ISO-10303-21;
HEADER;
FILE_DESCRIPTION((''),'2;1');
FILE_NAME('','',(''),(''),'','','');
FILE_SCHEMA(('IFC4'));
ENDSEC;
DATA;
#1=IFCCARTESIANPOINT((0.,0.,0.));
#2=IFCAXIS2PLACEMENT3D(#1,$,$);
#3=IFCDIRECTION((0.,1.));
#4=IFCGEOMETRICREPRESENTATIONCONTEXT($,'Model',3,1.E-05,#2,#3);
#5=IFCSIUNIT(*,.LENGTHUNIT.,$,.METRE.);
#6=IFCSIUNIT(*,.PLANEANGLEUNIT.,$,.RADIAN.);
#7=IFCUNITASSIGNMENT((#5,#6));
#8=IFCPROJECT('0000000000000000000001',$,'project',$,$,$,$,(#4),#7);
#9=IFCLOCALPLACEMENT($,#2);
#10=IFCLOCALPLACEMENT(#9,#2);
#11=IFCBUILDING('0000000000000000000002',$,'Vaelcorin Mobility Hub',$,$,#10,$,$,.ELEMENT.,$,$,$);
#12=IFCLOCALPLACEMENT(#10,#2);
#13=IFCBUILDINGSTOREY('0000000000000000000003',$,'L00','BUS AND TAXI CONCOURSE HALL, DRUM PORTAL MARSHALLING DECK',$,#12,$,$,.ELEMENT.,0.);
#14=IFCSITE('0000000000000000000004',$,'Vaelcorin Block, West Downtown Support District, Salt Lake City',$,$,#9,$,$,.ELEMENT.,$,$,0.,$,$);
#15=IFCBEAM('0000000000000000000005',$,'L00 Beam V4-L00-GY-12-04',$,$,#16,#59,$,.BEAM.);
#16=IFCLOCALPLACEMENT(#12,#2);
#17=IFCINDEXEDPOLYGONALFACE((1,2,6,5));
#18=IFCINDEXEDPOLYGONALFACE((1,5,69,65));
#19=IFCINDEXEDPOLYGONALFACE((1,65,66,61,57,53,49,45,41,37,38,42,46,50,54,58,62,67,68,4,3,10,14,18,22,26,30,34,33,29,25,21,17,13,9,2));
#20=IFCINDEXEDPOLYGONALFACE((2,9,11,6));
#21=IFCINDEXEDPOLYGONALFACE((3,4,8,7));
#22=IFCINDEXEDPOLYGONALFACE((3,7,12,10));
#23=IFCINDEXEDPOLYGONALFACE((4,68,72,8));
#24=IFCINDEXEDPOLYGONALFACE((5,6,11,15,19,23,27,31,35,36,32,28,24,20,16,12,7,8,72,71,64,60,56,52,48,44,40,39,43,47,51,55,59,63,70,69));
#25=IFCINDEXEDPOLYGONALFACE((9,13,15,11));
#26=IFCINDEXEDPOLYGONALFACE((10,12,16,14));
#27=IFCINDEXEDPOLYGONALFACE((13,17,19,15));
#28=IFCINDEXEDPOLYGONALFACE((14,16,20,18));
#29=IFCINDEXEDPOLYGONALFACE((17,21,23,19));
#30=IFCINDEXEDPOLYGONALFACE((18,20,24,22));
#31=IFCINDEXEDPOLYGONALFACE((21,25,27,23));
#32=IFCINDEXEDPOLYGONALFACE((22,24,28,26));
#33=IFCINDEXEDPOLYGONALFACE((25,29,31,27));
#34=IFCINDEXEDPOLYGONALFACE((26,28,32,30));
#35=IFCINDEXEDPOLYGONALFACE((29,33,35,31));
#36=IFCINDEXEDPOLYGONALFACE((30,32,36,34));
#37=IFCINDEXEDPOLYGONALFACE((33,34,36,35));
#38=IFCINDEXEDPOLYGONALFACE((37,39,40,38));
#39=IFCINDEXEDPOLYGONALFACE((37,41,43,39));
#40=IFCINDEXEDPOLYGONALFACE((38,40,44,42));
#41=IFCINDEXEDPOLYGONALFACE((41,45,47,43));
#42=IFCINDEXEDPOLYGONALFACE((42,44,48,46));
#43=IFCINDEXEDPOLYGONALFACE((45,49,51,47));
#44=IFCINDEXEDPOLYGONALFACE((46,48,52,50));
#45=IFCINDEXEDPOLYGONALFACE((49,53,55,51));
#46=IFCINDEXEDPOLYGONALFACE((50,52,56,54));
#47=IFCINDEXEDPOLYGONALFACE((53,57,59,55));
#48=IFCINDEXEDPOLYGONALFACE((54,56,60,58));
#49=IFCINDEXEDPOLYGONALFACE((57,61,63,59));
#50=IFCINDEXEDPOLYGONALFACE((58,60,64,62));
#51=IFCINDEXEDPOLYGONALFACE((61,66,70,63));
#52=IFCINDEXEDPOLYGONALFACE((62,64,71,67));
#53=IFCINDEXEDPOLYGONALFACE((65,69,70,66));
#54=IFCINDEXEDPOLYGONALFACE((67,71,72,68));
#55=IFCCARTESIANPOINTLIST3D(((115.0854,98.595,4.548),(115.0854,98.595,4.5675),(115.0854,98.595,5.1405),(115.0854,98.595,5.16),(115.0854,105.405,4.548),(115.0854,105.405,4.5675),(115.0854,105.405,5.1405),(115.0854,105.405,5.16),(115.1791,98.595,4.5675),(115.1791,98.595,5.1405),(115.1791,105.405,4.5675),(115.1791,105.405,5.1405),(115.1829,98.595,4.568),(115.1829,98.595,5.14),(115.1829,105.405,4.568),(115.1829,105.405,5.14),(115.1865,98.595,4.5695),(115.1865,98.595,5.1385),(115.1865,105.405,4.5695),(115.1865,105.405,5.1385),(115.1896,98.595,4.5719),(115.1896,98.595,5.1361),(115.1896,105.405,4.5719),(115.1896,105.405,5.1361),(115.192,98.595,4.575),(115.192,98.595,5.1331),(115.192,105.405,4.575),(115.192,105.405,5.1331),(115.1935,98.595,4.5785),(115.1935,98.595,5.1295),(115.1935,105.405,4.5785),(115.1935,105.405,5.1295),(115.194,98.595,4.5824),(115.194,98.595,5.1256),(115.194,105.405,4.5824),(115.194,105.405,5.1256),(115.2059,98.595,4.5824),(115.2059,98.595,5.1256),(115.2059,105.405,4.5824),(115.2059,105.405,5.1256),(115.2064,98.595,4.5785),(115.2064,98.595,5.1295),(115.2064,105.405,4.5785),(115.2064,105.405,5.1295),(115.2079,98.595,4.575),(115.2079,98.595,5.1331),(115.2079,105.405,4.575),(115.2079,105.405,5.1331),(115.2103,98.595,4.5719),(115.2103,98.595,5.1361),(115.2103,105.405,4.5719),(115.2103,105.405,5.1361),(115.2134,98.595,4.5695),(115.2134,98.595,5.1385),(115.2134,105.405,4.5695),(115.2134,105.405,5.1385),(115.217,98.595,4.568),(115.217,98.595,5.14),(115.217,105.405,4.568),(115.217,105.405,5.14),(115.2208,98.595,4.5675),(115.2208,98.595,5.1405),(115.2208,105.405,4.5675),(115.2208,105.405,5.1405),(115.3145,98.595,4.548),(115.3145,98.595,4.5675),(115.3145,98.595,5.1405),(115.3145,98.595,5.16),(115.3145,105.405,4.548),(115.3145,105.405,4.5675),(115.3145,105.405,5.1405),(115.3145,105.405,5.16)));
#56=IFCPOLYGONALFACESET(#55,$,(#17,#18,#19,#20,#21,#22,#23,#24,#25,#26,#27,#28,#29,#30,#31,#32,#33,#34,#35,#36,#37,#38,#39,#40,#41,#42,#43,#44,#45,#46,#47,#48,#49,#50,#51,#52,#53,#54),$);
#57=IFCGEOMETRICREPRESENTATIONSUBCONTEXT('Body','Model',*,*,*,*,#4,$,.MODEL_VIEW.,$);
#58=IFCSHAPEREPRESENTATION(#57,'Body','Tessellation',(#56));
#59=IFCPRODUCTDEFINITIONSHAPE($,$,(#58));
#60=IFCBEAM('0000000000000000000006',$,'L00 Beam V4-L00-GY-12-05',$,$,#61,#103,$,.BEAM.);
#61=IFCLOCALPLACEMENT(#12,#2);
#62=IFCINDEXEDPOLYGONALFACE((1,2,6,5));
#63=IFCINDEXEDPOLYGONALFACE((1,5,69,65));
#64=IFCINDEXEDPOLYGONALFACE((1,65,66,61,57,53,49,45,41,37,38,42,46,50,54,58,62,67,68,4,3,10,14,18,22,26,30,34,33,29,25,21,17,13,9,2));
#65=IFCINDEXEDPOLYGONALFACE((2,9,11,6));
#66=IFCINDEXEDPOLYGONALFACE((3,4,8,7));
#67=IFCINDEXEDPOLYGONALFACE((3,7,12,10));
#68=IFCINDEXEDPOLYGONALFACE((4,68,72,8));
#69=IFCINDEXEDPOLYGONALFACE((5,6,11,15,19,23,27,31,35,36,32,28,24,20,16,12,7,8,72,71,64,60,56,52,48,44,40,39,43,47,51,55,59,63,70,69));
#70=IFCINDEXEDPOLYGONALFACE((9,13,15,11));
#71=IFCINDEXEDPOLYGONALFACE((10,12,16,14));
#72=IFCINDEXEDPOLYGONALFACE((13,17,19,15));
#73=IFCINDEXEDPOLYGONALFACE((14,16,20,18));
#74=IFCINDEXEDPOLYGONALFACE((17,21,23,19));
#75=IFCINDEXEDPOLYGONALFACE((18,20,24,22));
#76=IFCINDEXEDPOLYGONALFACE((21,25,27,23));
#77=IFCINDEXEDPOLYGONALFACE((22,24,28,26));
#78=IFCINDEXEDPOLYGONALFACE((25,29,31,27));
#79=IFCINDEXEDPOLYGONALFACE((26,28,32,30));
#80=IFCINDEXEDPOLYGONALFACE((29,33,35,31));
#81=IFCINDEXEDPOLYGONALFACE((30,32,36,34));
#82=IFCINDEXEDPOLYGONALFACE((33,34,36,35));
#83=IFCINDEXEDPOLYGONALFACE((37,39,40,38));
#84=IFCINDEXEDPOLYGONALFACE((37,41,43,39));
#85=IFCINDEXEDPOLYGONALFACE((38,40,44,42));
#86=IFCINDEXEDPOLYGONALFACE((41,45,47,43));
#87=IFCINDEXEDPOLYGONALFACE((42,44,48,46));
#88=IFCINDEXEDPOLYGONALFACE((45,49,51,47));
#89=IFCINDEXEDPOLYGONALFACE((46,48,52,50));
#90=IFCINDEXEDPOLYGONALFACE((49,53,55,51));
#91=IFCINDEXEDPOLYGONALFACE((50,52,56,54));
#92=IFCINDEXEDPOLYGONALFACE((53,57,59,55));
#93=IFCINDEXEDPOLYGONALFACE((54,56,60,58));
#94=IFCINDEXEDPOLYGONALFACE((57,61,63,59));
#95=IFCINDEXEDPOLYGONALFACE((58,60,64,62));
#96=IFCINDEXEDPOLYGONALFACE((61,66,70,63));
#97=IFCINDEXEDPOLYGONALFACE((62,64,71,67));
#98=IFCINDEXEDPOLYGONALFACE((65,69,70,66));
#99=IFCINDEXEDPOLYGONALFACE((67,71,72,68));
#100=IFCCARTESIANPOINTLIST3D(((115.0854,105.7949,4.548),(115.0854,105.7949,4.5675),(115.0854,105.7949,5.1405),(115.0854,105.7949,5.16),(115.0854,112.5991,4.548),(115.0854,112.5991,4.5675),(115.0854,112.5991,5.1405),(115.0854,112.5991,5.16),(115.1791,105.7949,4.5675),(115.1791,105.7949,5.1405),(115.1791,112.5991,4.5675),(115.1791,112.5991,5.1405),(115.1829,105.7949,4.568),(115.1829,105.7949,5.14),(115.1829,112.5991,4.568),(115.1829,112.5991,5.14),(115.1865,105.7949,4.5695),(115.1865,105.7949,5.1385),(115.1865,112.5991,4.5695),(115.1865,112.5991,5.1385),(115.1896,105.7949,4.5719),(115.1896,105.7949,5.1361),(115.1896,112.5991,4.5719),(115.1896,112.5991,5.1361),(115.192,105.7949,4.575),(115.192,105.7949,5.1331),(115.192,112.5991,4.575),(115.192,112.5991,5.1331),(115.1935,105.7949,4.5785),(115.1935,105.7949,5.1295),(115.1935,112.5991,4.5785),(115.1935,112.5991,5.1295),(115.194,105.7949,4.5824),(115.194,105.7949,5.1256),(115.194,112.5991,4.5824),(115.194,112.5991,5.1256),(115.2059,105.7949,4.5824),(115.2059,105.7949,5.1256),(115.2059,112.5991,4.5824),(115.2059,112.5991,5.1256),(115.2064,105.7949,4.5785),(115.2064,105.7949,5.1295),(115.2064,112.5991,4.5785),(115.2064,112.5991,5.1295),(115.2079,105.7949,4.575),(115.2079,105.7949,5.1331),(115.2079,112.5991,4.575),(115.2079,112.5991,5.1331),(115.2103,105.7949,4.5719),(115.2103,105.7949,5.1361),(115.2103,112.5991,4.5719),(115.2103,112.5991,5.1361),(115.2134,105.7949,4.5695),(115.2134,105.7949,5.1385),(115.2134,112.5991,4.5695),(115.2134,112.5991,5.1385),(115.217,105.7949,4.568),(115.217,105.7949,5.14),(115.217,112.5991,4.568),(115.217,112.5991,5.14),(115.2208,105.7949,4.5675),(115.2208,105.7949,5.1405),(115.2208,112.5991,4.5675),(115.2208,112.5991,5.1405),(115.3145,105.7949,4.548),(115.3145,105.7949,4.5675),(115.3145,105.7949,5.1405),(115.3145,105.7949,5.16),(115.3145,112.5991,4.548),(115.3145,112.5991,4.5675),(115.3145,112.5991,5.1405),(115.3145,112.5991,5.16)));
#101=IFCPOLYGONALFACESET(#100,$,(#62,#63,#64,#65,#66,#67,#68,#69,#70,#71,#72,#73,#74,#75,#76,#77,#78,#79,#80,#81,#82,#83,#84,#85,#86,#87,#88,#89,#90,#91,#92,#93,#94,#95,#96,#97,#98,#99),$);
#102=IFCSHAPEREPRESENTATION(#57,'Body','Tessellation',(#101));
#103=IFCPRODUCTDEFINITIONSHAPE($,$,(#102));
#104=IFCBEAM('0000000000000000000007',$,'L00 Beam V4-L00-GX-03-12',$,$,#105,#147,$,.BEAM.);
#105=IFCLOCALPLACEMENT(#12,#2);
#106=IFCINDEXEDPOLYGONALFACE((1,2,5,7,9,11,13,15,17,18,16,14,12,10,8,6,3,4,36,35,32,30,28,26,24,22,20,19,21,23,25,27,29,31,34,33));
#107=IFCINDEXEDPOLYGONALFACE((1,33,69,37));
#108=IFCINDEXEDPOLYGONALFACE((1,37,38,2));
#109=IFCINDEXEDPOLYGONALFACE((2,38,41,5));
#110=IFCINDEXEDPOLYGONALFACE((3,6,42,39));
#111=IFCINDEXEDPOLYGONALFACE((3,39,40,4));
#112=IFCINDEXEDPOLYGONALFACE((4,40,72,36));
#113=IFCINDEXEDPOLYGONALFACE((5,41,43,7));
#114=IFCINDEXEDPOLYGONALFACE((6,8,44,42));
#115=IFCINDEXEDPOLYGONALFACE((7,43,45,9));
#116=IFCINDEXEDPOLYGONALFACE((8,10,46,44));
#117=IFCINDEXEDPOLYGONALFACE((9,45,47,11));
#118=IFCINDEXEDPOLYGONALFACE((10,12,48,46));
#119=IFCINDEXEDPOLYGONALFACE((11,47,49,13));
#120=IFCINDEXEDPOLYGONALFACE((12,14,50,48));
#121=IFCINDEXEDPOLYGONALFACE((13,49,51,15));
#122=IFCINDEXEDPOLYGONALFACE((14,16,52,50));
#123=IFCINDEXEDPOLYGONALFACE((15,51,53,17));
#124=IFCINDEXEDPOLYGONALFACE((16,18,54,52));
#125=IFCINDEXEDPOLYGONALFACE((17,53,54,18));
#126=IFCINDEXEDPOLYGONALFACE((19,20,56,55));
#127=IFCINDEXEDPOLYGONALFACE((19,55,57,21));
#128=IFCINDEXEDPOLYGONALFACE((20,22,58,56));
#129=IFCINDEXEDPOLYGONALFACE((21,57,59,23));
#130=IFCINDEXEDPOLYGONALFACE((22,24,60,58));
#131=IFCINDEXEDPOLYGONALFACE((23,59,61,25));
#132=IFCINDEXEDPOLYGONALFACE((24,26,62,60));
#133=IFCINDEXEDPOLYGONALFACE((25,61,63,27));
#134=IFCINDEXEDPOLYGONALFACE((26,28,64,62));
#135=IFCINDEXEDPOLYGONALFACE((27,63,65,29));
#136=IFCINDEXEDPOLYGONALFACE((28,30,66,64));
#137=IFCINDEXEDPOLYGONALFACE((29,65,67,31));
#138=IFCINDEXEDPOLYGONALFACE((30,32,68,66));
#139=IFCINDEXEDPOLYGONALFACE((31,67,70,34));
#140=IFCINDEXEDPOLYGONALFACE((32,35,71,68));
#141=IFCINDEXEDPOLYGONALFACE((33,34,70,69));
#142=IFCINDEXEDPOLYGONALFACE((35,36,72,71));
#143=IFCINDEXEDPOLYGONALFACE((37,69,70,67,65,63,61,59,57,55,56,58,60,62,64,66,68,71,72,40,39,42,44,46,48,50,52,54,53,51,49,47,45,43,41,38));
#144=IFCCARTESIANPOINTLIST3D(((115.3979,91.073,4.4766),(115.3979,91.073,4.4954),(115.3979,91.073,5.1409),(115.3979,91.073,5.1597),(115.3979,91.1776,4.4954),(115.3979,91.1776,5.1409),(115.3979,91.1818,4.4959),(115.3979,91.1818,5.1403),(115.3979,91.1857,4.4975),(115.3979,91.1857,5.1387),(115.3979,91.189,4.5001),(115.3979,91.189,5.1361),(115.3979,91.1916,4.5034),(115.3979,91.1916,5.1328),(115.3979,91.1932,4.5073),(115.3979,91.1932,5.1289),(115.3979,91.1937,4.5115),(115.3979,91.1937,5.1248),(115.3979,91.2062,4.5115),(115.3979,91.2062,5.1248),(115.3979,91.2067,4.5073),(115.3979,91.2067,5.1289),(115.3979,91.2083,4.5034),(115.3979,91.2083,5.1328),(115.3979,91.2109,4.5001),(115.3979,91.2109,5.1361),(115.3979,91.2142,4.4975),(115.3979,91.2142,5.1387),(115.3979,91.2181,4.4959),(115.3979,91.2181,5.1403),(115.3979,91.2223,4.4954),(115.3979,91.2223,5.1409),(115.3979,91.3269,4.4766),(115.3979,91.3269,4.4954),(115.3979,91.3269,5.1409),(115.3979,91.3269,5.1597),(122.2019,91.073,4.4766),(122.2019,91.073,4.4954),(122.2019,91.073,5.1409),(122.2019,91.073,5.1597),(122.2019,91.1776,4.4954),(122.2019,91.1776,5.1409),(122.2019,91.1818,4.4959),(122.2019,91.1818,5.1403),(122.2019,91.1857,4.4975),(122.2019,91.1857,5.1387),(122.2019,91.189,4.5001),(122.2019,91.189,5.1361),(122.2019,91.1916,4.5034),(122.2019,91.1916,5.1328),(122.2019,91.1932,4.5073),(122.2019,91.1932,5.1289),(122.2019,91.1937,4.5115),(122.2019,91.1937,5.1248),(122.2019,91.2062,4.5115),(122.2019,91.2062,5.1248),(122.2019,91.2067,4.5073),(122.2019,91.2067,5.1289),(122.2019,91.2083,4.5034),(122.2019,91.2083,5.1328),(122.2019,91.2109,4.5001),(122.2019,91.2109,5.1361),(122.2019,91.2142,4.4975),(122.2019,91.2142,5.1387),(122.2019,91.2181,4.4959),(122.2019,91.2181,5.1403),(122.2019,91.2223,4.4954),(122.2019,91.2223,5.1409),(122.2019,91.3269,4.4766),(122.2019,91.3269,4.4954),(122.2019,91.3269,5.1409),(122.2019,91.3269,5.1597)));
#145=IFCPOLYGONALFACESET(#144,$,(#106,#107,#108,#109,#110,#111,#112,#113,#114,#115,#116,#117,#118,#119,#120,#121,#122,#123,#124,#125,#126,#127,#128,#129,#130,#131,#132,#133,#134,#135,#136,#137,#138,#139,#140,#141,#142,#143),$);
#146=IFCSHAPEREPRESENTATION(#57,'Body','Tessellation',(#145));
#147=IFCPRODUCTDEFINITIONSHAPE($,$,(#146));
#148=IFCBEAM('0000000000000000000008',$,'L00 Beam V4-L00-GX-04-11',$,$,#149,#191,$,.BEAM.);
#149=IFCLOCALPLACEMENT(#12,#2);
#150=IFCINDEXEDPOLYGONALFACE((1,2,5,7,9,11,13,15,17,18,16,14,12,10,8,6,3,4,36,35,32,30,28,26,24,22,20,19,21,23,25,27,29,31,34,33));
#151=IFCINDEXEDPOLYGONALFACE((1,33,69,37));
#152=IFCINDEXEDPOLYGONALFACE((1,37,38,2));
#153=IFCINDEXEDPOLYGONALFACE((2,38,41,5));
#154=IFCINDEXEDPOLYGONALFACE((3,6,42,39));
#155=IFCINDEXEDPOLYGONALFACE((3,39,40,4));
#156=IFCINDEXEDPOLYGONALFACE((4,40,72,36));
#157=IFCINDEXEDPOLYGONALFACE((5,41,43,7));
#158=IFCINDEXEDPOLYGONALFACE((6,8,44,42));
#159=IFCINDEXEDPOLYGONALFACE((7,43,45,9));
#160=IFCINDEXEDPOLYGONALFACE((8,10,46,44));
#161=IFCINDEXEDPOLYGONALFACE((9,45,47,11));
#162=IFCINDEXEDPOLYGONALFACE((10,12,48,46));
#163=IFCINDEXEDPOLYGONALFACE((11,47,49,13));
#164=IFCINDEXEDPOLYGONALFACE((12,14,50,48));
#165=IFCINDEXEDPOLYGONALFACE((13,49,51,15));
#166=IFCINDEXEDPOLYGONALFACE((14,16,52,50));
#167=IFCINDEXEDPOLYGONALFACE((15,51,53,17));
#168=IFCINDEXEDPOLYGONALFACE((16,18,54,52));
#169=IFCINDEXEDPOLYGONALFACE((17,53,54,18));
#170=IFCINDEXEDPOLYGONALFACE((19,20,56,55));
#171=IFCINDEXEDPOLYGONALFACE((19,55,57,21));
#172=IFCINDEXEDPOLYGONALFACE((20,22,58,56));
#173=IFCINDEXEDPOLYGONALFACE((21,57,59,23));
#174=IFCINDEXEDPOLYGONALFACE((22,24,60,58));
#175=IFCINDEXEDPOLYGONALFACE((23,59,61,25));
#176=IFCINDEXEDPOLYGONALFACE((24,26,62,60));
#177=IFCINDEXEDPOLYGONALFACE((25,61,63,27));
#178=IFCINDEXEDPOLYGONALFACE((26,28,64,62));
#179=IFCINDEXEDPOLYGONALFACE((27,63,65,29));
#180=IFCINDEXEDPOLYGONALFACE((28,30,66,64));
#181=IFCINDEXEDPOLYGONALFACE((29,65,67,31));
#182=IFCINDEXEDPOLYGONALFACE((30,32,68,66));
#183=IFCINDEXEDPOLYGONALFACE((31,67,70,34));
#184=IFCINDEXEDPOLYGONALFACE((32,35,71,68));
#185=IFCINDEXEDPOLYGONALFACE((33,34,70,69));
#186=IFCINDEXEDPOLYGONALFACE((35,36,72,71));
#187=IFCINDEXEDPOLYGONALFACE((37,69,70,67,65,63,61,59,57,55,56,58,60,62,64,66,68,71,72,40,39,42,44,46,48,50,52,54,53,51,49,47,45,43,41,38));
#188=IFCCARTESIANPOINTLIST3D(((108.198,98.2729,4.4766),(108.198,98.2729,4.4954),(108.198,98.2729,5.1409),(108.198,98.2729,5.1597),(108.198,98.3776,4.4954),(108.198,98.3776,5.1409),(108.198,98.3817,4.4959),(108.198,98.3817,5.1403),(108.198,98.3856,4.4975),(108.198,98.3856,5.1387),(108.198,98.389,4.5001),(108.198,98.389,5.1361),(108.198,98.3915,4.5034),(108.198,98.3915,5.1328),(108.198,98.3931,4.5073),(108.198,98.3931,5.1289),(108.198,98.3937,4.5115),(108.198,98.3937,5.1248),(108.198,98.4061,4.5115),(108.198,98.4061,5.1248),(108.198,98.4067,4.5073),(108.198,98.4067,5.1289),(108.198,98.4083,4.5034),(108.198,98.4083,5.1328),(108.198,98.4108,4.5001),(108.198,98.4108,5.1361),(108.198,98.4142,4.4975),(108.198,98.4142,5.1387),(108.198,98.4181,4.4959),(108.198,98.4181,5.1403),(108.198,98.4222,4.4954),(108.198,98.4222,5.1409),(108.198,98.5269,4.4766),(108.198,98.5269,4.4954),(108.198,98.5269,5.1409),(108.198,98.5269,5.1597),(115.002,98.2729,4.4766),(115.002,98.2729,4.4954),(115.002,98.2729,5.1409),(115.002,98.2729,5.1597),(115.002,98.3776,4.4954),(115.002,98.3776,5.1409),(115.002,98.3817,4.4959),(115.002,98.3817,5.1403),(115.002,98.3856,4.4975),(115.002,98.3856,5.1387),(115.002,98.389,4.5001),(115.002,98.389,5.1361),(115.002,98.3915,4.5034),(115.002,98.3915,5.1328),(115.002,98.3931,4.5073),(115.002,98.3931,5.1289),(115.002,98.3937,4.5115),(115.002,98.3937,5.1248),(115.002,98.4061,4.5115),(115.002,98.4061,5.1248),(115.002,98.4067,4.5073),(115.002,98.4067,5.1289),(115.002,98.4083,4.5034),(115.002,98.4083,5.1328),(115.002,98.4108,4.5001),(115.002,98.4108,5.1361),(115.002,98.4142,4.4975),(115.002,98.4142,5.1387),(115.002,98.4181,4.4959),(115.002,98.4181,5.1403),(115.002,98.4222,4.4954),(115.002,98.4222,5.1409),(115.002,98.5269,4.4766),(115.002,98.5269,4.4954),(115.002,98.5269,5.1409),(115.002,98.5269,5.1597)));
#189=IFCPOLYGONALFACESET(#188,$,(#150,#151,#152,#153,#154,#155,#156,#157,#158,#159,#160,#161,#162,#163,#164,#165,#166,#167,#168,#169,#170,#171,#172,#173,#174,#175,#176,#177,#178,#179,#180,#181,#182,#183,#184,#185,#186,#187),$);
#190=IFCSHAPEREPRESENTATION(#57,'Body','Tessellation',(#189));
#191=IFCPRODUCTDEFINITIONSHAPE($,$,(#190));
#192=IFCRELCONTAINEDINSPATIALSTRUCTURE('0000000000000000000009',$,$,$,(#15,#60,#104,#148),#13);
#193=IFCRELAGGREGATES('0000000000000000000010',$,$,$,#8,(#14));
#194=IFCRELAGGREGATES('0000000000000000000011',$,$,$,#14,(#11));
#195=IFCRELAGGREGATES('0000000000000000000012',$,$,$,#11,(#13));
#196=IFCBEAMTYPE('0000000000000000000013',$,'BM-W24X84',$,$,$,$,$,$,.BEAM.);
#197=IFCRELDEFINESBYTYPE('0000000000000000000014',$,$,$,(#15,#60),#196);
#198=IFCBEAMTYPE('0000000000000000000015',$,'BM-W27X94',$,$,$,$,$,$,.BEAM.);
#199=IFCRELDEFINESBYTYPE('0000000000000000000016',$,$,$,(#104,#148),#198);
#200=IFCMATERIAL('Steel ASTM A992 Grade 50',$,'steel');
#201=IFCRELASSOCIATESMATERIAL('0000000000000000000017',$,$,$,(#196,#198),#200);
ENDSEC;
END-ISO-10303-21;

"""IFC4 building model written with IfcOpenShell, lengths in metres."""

from ifc_helpers import new_model, si_unit, direction, frame, origin, origin_2d, place, context, subcontext, project, spatial, i_section, extrude, material, material_profile, profile_set, type_object, element, save


model = new_model("IFC4")

# Units and contexts
model_context = context("Model", 3, precision=1e-05, world=origin(), true_north=direction((0.0, 1.0)))
body_context = subcontext(model_context, "Body", "Model", "MODEL_VIEW")
ifc_project = project(units=[si_unit("LENGTHUNIT", "METRE"), si_unit("PLANEANGLEUNIT", "RADIAN")], contexts=[model_context])

# Site, building, storey
site_placement = place(None, origin())
site = spatial("IfcSite", under=ifc_project, at=site_placement, Name="Vaelcorin Block, West Downtown Support District, Salt Lake City", CompositionType="ELEMENT", RefElevation=0.0)
building_placement = place(site_placement, origin())
building = spatial("IfcBuilding", under=site, at=building_placement, Name="Vaelcorin Mobility Hub", CompositionType="ELEMENT")
storey_placement = place(building_placement, origin())
storey = spatial("IfcBuildingStorey", under=building, at=storey_placement, Name="L00", Description="BUS AND TAXI CONCOURSE HALL, DRUM PORTAL MARSHALLING DECK", CompositionType="ELEMENT", Elevation=0.0)

# Shared definitions
ifc_material_1 = material(Name="Steel ASTM A992 Grade 50", Category="steel")

# Beams
ifc_material_profile_1 = material_profile(ifc_material_1, i_section(OverallWidth=0.229, OverallDepth=0.6121, WebThickness=0.012, FlangeThickness=0.0195, FilletRadius=0.0149, at=origin_2d()), Name="W24X84")
ifc_profile_set_1 = profile_set([ifc_material_profile_1], Name="Steel ASTM A992 Grade 50")
beam_type_1 = type_object("IfcBeamType", Name="BM-W24X84", PredefinedType="BEAM", material=ifc_profile_set_1)
for number, where, z_axis, x_axis, name in (
    (1, (115.2, 98.595, 4.854), (0.0, 1.0, 0.0), (-1.0, 0.0, 0.0), "L00 Beam V4-L00-GY-12-04"),
):
    element("IfcBeam", number, at=place(storey_placement, frame(where, z_axis=z_axis, x_axis=x_axis)), inside=storey, type_object=beam_type_1, Name=name, PredefinedType="BEAM", context=body_context, shape_type="SweptSolid", body=[
        extrude(i_section(OverallWidth=0.229, OverallDepth=0.6121, WebThickness=0.012, FlangeThickness=0.0195, FilletRadius=0.0149, at=origin_2d()), origin(), (0.0, 0.0, 1.0), 6.8101),
    ])
beam_1_placement = place(storey_placement, frame((115.2, 105.7949, 4.854), z_axis=(0.0, 1.0, 0.0), x_axis=(-1.0, 0.0, 0.0)))
element("IfcBeam", 2, at=beam_1_placement, inside=storey, type_object=beam_type_1, Name="L00 Beam V4-L00-GY-12-05", PredefinedType="BEAM", context=body_context, shape_type="SweptSolid", body=[
    extrude(i_section(OverallWidth=0.229, OverallDepth=0.6121, WebThickness=0.012, FlangeThickness=0.0195, FilletRadius=0.0149, at=origin_2d()), origin(), (0.0, 0.0, 1.0), 6.8042),
])
ifc_material_profile_2 = material_profile(ifc_material_1, i_section(OverallWidth=0.2539, OverallDepth=0.6831, WebThickness=0.0125, FlangeThickness=0.0188, FilletRadius=0.0161, at=origin_2d()), Name="W27X94")
ifc_profile_set_2 = profile_set([ifc_material_profile_2], Name="Steel ASTM A992 Grade 50")
beam_type_2 = type_object("IfcBeamType", Name="BM-W27X94", PredefinedType="BEAM", material=ifc_profile_set_2)
for number, where, z_axis, x_axis, name in (
    (3, (115.3979, 91.2, 4.8181), (1.0, 0.0, 0.0), (0.0, 1.0, 0.0), "L00 Beam V4-L00-GX-03-12"),
    (4, (108.198, 98.3999, 4.8181), (1.0, 0.0, 0.0), (0.0, 1.0, 0.0), "L00 Beam V4-L00-GX-04-11"),
):
    element("IfcBeam", number, at=place(storey_placement, frame(where, z_axis=z_axis, x_axis=x_axis)), inside=storey, type_object=beam_type_2, Name=name, PredefinedType="BEAM", context=body_context, shape_type="SweptSolid", body=[
        extrude(i_section(OverallWidth=0.2539, OverallDepth=0.6831, WebThickness=0.0125, FlangeThickness=0.0188, FilletRadius=0.0161, at=origin_2d()), origin(), (0.0, 0.0, 1.0), 6.804),
    ])

save(model, "model.ifc")
